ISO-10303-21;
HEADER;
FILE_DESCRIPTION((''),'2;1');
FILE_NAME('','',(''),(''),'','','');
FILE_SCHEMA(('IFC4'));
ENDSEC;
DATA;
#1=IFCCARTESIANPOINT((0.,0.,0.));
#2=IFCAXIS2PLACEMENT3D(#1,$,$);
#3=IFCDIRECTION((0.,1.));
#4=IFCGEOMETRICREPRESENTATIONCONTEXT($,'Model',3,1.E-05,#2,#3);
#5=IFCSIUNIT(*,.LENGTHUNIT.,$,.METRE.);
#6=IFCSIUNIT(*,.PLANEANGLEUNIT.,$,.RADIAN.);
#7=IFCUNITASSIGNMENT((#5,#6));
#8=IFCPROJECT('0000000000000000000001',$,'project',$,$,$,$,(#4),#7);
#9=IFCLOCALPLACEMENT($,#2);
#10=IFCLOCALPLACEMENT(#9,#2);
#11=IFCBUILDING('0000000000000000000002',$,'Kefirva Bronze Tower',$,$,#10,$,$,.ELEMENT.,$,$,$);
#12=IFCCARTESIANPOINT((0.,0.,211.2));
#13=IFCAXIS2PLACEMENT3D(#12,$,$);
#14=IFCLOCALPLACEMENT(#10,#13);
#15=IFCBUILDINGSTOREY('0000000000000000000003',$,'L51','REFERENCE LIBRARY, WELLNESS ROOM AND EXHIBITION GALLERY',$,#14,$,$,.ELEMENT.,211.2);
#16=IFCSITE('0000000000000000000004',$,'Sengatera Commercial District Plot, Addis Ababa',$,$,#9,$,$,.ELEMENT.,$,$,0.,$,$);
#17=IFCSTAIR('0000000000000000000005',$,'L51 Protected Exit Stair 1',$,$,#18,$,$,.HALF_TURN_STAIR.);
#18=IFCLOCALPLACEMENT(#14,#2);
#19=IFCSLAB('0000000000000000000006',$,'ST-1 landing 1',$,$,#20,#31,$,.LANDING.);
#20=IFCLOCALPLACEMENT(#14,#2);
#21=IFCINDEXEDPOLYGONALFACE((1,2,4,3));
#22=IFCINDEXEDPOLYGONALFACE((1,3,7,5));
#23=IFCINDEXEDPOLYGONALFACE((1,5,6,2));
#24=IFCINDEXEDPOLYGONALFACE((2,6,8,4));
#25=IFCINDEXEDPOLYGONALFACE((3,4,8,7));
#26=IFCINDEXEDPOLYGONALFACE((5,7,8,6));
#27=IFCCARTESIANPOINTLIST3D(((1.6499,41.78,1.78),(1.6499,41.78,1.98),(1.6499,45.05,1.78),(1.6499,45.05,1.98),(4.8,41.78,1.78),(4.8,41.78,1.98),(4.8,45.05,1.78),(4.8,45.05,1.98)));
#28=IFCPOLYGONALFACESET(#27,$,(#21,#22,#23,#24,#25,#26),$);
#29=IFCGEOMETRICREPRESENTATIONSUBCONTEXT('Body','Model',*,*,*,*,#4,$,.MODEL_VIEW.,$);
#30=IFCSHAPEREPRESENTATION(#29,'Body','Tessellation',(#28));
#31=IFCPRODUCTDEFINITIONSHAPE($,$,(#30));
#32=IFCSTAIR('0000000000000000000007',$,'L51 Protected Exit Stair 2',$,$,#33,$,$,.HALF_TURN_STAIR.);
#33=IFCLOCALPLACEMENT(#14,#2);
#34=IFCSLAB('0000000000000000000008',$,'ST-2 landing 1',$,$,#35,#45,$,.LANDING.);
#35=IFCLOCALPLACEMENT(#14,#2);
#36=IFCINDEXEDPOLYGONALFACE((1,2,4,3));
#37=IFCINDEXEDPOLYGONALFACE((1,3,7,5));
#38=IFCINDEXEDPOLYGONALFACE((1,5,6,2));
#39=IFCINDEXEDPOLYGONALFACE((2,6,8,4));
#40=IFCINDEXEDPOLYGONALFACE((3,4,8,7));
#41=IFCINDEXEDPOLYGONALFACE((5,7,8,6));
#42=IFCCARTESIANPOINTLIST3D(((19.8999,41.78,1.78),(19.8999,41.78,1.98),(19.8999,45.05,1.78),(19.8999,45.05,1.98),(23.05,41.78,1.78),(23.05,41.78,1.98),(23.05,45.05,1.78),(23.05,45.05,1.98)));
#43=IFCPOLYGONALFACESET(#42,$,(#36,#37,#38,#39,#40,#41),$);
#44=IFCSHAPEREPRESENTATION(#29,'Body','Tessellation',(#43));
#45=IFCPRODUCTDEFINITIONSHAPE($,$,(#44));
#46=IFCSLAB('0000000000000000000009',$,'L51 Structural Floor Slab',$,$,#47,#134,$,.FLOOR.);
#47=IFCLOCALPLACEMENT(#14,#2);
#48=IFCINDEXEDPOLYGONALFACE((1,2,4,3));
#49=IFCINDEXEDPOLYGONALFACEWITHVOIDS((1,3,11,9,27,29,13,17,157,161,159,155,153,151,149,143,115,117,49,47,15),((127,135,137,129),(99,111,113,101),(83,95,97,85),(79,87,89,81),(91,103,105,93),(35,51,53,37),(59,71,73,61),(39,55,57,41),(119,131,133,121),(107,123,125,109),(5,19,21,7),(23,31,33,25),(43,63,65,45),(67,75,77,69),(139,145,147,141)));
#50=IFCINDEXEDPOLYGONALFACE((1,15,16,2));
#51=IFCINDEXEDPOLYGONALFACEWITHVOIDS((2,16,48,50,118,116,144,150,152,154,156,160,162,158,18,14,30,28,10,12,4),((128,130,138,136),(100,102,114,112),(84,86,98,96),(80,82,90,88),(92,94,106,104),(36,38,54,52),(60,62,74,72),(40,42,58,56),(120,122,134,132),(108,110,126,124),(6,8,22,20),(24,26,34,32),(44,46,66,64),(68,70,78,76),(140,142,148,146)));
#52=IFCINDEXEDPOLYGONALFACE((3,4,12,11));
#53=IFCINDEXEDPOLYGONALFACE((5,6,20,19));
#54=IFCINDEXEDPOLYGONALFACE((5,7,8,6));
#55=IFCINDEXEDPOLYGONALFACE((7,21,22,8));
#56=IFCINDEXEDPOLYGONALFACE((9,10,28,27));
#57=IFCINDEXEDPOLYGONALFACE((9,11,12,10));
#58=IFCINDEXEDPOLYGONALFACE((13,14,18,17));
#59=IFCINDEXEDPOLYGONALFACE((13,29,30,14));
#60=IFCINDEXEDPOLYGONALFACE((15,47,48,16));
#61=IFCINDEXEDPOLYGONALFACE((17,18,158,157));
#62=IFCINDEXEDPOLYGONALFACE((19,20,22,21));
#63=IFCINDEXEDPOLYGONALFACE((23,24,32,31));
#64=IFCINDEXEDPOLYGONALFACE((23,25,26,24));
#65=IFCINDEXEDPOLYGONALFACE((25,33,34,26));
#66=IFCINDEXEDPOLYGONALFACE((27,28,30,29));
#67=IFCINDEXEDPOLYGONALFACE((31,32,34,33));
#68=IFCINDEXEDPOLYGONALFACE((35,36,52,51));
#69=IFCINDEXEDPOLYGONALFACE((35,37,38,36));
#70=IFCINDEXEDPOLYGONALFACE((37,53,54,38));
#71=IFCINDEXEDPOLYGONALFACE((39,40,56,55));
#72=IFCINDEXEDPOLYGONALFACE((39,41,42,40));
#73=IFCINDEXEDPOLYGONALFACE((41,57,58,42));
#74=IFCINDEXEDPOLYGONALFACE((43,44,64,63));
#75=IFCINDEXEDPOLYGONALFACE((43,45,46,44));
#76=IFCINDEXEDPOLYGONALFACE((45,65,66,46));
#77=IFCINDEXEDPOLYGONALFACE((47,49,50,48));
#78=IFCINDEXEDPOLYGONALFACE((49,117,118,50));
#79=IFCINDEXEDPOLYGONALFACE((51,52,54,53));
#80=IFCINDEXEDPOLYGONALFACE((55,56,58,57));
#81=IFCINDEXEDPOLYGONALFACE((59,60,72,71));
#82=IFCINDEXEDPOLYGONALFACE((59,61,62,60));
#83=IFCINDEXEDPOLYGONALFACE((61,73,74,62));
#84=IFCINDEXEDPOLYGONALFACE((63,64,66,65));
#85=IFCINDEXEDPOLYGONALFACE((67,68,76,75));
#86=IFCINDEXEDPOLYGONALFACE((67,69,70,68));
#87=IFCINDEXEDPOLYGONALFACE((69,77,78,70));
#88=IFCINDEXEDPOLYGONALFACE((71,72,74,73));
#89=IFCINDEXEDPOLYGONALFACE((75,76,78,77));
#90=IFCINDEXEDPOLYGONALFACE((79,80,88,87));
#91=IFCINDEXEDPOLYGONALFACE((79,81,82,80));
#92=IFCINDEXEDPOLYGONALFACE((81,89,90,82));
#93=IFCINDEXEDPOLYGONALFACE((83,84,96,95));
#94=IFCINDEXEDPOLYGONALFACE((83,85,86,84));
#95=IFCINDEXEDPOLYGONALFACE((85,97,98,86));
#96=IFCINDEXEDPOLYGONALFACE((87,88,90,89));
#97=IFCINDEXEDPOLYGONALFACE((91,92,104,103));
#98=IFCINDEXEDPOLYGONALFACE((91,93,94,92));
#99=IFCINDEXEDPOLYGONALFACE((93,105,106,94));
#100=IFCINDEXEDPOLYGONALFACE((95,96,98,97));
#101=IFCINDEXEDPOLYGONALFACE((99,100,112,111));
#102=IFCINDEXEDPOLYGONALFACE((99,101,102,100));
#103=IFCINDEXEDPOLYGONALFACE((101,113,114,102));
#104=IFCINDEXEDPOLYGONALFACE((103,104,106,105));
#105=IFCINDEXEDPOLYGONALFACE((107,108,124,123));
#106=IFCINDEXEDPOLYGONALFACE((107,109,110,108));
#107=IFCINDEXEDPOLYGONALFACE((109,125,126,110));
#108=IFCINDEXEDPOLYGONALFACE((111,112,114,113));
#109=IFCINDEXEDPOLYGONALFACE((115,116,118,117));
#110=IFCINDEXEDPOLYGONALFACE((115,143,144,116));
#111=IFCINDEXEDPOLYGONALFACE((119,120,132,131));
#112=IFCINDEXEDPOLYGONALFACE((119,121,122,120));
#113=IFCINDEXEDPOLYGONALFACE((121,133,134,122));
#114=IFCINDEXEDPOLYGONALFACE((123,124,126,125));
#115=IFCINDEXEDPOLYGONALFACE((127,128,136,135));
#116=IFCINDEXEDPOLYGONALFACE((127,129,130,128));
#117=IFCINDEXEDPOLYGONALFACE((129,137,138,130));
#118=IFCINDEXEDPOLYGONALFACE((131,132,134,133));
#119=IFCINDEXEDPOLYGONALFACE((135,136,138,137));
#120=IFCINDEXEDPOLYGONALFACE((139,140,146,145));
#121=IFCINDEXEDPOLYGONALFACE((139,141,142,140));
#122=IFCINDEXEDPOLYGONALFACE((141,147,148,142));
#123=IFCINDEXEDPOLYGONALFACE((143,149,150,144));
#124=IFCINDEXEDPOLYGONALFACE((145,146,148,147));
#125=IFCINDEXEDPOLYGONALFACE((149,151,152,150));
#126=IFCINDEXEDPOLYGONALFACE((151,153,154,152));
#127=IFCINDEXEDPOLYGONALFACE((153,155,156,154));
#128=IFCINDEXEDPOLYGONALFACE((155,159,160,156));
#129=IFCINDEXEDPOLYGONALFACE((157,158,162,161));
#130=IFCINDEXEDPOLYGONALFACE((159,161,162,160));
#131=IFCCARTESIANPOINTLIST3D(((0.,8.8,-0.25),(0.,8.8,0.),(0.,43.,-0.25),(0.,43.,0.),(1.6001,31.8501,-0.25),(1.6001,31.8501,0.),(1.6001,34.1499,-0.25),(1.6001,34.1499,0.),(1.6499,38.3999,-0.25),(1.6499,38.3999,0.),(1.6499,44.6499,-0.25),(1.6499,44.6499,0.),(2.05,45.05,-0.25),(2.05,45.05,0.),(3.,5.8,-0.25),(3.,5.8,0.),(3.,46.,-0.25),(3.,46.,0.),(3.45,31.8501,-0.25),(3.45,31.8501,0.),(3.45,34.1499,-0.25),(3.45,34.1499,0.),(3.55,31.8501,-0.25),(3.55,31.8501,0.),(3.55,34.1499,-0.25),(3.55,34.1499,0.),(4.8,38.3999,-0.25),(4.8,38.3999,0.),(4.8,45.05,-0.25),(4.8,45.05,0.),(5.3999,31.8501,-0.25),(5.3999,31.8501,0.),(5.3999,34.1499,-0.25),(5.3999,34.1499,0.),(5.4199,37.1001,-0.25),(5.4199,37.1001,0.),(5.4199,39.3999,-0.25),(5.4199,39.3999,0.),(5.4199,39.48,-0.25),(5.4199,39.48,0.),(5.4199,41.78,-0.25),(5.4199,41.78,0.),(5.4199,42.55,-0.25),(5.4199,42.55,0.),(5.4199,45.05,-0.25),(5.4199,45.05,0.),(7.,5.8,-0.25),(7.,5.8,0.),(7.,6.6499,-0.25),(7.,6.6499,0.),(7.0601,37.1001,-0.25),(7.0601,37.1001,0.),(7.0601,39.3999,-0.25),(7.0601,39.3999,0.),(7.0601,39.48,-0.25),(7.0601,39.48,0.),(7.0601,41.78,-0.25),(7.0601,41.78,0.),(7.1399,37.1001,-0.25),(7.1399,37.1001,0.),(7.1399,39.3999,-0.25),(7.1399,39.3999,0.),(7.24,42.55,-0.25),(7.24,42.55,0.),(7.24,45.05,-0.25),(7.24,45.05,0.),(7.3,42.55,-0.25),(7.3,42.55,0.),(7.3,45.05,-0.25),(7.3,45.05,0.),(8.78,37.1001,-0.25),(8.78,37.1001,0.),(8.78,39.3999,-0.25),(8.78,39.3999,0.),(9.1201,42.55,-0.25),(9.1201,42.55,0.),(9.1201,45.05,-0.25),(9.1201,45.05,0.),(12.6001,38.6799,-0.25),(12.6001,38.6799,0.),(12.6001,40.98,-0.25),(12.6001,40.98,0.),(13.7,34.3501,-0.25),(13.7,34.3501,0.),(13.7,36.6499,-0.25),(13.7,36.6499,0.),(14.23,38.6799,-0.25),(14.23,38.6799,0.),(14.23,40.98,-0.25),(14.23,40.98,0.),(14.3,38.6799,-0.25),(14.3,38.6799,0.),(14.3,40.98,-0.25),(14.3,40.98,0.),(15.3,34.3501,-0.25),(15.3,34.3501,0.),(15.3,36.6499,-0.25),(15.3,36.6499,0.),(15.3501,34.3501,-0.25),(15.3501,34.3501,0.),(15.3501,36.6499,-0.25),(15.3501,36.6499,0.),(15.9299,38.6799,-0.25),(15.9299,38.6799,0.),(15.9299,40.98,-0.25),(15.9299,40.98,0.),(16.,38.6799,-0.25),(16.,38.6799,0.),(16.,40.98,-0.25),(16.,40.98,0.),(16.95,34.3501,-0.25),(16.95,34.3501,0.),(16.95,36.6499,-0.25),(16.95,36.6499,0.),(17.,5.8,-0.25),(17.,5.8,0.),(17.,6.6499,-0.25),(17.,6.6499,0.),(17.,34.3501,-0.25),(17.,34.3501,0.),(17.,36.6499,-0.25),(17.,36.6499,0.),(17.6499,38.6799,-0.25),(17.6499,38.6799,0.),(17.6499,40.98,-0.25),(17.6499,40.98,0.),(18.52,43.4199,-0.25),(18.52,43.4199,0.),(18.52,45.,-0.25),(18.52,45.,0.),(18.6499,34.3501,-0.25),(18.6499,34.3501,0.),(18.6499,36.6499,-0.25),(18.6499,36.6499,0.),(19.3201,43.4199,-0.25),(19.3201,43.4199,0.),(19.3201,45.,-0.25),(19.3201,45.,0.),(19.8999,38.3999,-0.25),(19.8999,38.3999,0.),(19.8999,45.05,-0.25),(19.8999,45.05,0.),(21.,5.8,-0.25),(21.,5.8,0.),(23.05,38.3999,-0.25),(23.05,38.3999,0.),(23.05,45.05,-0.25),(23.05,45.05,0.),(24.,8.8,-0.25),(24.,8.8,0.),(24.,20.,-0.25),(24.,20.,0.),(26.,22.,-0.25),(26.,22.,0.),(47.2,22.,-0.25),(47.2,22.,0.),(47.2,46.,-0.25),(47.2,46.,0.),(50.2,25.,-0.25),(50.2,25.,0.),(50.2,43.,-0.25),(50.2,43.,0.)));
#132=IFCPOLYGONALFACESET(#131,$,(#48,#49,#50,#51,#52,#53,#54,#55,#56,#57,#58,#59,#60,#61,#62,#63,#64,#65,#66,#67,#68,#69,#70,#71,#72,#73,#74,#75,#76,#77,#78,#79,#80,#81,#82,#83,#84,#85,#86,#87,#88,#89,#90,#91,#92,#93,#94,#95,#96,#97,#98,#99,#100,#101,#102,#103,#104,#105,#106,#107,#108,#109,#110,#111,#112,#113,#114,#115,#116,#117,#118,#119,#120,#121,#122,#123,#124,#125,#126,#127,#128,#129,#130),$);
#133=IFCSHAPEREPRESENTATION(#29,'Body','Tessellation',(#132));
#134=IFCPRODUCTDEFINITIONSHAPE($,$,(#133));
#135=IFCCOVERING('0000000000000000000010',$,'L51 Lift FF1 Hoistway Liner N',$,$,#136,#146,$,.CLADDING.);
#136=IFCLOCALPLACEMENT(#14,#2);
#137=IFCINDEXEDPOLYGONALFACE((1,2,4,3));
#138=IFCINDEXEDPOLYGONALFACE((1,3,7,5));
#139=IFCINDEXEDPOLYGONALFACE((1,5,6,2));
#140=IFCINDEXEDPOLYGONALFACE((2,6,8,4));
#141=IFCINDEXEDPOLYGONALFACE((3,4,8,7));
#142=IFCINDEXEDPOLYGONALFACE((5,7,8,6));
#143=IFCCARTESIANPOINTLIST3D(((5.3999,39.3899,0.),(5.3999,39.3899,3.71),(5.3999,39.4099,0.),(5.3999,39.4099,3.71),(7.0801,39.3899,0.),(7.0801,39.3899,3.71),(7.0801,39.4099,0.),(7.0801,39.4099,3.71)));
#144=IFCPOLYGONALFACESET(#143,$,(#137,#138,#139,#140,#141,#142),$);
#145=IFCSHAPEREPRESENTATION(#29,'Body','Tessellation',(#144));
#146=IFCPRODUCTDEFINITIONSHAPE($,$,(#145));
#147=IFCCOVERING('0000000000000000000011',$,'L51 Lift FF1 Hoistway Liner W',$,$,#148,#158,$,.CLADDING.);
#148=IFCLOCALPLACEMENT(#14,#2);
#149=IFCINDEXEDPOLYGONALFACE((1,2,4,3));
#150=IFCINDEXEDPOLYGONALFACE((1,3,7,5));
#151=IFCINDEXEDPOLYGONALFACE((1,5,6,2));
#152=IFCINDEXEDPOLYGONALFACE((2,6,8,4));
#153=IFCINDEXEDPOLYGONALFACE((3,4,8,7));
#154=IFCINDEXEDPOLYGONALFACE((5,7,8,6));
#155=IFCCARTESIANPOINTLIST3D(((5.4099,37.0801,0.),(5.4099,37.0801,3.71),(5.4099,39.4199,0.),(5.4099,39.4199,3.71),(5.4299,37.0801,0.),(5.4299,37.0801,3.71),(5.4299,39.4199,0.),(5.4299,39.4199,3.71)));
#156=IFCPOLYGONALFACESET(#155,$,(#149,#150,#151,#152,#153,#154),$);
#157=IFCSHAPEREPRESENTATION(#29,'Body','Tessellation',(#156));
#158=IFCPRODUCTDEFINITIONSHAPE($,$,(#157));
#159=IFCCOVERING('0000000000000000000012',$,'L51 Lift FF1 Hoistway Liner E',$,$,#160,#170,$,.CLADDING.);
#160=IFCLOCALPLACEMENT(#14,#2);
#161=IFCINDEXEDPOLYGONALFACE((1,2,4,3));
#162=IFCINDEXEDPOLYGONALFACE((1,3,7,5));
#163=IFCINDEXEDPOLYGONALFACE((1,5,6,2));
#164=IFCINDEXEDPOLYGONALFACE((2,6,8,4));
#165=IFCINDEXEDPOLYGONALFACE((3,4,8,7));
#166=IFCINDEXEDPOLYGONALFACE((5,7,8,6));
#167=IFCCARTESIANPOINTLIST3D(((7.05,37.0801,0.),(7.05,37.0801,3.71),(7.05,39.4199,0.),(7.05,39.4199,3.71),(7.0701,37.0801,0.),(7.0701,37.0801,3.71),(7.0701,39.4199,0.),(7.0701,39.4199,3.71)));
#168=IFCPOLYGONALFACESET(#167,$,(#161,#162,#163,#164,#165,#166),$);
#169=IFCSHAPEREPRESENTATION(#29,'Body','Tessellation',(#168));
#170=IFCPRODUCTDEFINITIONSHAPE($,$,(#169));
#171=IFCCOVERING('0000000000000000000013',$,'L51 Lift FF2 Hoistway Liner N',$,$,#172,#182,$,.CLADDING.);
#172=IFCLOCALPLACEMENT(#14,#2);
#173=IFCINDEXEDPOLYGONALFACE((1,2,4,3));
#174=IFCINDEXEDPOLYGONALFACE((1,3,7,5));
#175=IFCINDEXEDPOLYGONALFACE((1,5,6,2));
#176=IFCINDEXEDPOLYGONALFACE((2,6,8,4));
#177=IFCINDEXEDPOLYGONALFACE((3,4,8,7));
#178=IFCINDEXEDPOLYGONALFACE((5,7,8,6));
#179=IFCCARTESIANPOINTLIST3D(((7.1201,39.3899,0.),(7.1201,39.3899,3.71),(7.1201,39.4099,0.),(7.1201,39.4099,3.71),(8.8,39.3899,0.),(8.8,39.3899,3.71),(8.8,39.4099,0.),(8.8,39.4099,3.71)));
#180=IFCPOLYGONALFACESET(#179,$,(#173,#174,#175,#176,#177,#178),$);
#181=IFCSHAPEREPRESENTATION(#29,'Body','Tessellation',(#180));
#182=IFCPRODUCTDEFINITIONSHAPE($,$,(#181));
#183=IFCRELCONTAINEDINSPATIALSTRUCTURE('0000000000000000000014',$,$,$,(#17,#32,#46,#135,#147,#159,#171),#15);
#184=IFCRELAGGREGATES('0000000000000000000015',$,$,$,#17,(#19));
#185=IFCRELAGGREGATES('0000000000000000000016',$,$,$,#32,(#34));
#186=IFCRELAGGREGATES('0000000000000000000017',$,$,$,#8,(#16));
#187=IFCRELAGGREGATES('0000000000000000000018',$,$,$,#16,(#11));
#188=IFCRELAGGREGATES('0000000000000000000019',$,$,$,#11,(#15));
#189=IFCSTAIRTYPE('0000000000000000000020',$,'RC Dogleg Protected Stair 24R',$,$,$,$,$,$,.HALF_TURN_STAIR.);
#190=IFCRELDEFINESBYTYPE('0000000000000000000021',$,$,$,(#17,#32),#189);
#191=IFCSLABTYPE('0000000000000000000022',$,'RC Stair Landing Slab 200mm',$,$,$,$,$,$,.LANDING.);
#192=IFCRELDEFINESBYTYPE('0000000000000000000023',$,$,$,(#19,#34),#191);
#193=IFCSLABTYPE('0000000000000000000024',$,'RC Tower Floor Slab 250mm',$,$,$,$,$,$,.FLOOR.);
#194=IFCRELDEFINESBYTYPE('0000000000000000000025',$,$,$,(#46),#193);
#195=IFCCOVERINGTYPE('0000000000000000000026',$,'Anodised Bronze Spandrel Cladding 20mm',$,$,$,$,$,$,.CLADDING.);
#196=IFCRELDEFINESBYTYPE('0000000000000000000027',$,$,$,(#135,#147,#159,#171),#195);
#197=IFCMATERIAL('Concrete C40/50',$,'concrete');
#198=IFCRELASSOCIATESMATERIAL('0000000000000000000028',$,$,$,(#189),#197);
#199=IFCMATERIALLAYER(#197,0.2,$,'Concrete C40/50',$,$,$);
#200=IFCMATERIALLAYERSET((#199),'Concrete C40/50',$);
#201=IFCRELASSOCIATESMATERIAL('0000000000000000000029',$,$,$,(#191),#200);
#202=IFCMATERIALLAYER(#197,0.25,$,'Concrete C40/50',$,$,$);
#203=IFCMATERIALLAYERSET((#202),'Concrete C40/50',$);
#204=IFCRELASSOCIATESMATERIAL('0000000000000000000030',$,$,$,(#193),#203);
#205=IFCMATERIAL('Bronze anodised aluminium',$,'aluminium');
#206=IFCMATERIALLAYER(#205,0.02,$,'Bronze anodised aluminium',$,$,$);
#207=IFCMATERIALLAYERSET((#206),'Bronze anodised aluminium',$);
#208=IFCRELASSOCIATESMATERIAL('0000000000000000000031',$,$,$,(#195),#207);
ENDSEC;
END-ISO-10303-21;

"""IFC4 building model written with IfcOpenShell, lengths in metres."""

from ifc_helpers import new_model, si_unit, direction, frame, origin, place, context, subcontext, project, spatial, polyline, outline, extrude, material, layer, layer_set, type_object, element, aggregate, save


model = new_model("IFC4")

# Units and contexts
model_context = context("Model", 3, precision=1e-05, world=origin(), true_north=direction((0.0, 1.0)))
body_context = subcontext(model_context, "Body", "Model", "MODEL_VIEW")
ifc_project = project(units=[si_unit("LENGTHUNIT", "METRE"), si_unit("PLANEANGLEUNIT", "RADIAN")], contexts=[model_context])

# Site, building, storey
site_placement = place(None, origin())
site = spatial("IfcSite", under=ifc_project, at=site_placement, Name="Sengatera Commercial District Plot, Addis Ababa", CompositionType="ELEMENT", RefElevation=0.0)
building_placement = place(site_placement, origin())
building = spatial("IfcBuilding", under=site, at=building_placement, Name="Kefirva Bronze Tower", CompositionType="ELEMENT")
storey_placement = place(building_placement, frame((0.0, 0.0, 211.2)))
storey = spatial("IfcBuildingStorey", under=building, at=storey_placement, Name="L51", Description="REFERENCE LIBRARY, WELLNESS ROOM AND EXHIBITION GALLERY", CompositionType="ELEMENT", Elevation=211.2)

# Stairs, slabs
ifc_material_1 = material(Name="Concrete C40/50", Category="concrete")
stair_type = type_object("IfcStairType", Name="RC Dogleg Protected Stair 24R", PredefinedType="HALF_TURN_STAIR", material=ifc_material_1)
stair_1_placement = place(storey_placement, origin())
stair_1 = element("IfcStair", 1, at=stair_1_placement, inside=storey, type_object=stair_type, Name="L51 Protected Exit Stair 1", PredefinedType="HALF_TURN_STAIR")
ifc_layer_1 = layer(ifc_material_1, 0.2, Name="Concrete C40/50")
ifc_layer_set_1 = layer_set([ifc_layer_1], Name="Concrete C40/50")
slab_type_1 = type_object("IfcSlabType", Name="RC Stair Landing Slab 200mm", PredefinedType="LANDING", material=ifc_layer_set_1)
slab_1_placement = place(storey_placement, frame((0.0, 0.0, 1.78)))
slab_1 = element("IfcSlab", 2, at=slab_1_placement, type_object=slab_type_1, Name="ST-1 landing 1", PredefinedType="LANDING", context=body_context, shape_type="SweptSolid", body=[
    extrude(outline(polyline([(4.8, 41.78), (4.8, 45.05), (1.6499, 45.05), (1.6499, 41.78), (4.8, 41.78)])), origin(), (0.0, 0.0, 1.0), 0.2),
])
aggregate(stair_1, [slab_1])
stair_2_placement = place(storey_placement, origin())
stair_2 = element("IfcStair", 3, at=stair_2_placement, inside=storey, type_object=stair_type, Name="L51 Protected Exit Stair 2", PredefinedType="HALF_TURN_STAIR")
slab_2_placement = place(storey_placement, frame((0.0, 0.0, 1.78)))
slab_2 = element("IfcSlab", 4, at=slab_2_placement, type_object=slab_type_1, Name="ST-2 landing 1", PredefinedType="LANDING", context=body_context, shape_type="SweptSolid", body=[
    extrude(outline(polyline([(23.05, 41.78), (23.05, 45.05), (19.8999, 45.05), (19.8999, 41.78), (23.05, 41.78)])), origin(), (0.0, 0.0, 1.0), 0.2),
])
aggregate(stair_2, [slab_2])

# Slab
ifc_layer_2 = layer(ifc_material_1, 0.25, Name="Concrete C40/50")
ifc_layer_set_2 = layer_set([ifc_layer_2], Name="Concrete C40/50")
slab_type_2 = type_object("IfcSlabType", Name="RC Tower Floor Slab 250mm", PredefinedType="FLOOR", material=ifc_layer_set_2)
slab_3_placement = place(storey_placement, frame((0.0, 0.0, -0.25)))
element("IfcSlab", 5, at=slab_3_placement, inside=storey, type_object=slab_type_2, Name="L51 Structural Floor Slab", PredefinedType="FLOOR", context=body_context, shape_type="SweptSolid", body=[
    extrude(outline(polyline([(0.0, 8.8), (0.0, 43.0), (1.6499, 44.6499), (1.6499, 38.3999), (4.8, 38.3999), (4.8, 45.05), (2.05, 45.05), (3.0, 46.0), (47.2, 46.0), (50.2, 43.0), (50.2, 25.0), (47.2, 22.0), (26.0, 22.0), (24.0, 20.0), (24.0, 8.8), (21.0, 5.8), (17.0, 5.8), (17.0, 6.6499), (7.0, 6.6499), (7.0, 5.8), (3.0, 5.8), (0.0, 8.8)]), holes=[polyline([(23.05, 38.3999), (23.05, 45.05), (19.8999, 45.05), (19.8999, 38.3999), (23.05, 38.3999)]), polyline([(19.3201, 43.4199), (19.3201, 45.0), (18.52, 45.0), (18.52, 43.4199), (19.3201, 43.4199)]), polyline([(18.6499, 34.3501), (18.6499, 36.6499), (17.0, 36.6499), (17.0, 34.3501), (18.6499, 34.3501)]), polyline([(17.6499, 38.6799), (17.6499, 40.98), (16.0, 40.98), (16.0, 38.6799), (17.6499, 38.6799)]), polyline([(16.95, 34.3501), (16.95, 36.6499), (15.3501, 36.6499), (15.3501, 34.3501), (16.95, 34.3501)]), polyline([(15.9299, 38.6799), (15.9299, 40.98), (14.3, 40.98), (14.3, 38.6799), (15.9299, 38.6799)]), polyline([(15.3, 34.3501), (15.3, 36.6499), (13.7, 36.6499), (13.7, 34.3501), (15.3, 34.3501)]), polyline([(14.23, 38.6799), (14.23, 40.98), (12.6001, 40.98), (12.6001, 38.6799), (14.23, 38.6799)]), polyline([(9.1201, 42.55), (9.1201, 45.05), (7.3, 45.05), (7.3, 42.55), (9.1201, 42.55)]), polyline([(8.78, 37.1001), (8.78, 39.3999), (7.1399, 39.3999), (7.1399, 37.1001), (8.78, 37.1001)]), polyline([(7.24, 42.55), (7.24, 45.05), (5.4199, 45.05), (5.4199, 42.55), (7.24, 42.55)]), polyline([(7.0601, 37.1001), (7.0601, 39.3999), (5.4199, 39.3999), (5.4199, 37.1001), (7.0601, 37.1001)]), polyline([(7.0601, 39.48), (7.0601, 41.78), (5.4199, 41.78), (5.4199, 39.48), (7.0601, 39.48)]), polyline([(5.3999, 31.8501), (5.3999, 34.1499), (3.55, 34.1499), (3.55, 31.8501), (5.3999, 31.8501)]), polyline([(3.45, 31.8501), (3.45, 34.1499), (1.6001, 34.1499), (1.6001, 31.8501), (3.45, 31.8501)])]), origin(), (0.0, 0.0, 1.0), 0.25),
])

# Coverings
ifc_material_2 = material(Name="Bronze anodised aluminium", Category="aluminium")
ifc_layer_3 = layer(ifc_material_2, 0.02, Name="Bronze anodised aluminium")
ifc_layer_set_3 = layer_set([ifc_layer_3], Name="Bronze anodised aluminium")
covering_type = type_object("IfcCoveringType", Name="Anodised Bronze Spandrel Cladding 20mm", PredefinedType="CLADDING", material=ifc_layer_set_3)
covering_1_placement = place(storey_placement, origin())
element("IfcCovering", 6, at=covering_1_placement, inside=storey, type_object=covering_type, Name="L51 Lift FF1 Hoistway Liner N", PredefinedType="CLADDING", context=body_context, shape_type="SweptSolid", body=[
    extrude(outline(polyline([(5.3999, 39.3899), (7.0801, 39.3899), (7.0801, 39.4099), (5.3999, 39.4099), (5.3999, 39.3899)])), origin(), (0.0, 0.0, 1.0), 3.71),
])
covering_2_placement = place(storey_placement, origin())
element("IfcCovering", 7, at=covering_2_placement, inside=storey, type_object=covering_type, Name="L51 Lift FF1 Hoistway Liner W", PredefinedType="CLADDING", context=body_context, shape_type="SweptSolid", body=[
    extrude(outline(polyline([(5.4099, 37.0801), (5.4299, 37.0801), (5.4299, 39.4199), (5.4099, 39.4199), (5.4099, 37.0801)])), origin(), (0.0, 0.0, 1.0), 3.71),
])
covering_3_placement = place(storey_placement, origin())
element("IfcCovering", 8, at=covering_3_placement, inside=storey, type_object=covering_type, Name="L51 Lift FF1 Hoistway Liner E", PredefinedType="CLADDING", context=body_context, shape_type="SweptSolid", body=[
    extrude(outline(polyline([(7.05, 37.0801), (7.0701, 37.0801), (7.0701, 39.4199), (7.05, 39.4199), (7.05, 37.0801)])), origin(), (0.0, 0.0, 1.0), 3.71),
])
covering_4_placement = place(storey_placement, origin())
element("IfcCovering", 9, at=covering_4_placement, inside=storey, type_object=covering_type, Name="L51 Lift FF2 Hoistway Liner N", PredefinedType="CLADDING", context=body_context, shape_type="SweptSolid", body=[
    extrude(outline(polyline([(7.1201, 39.3899), (8.8, 39.3899), (8.8, 39.4099), (7.1201, 39.4099), (7.1201, 39.3899)])), origin(), (0.0, 0.0, 1.0), 3.71),
])

save(model, "model.ifc")
